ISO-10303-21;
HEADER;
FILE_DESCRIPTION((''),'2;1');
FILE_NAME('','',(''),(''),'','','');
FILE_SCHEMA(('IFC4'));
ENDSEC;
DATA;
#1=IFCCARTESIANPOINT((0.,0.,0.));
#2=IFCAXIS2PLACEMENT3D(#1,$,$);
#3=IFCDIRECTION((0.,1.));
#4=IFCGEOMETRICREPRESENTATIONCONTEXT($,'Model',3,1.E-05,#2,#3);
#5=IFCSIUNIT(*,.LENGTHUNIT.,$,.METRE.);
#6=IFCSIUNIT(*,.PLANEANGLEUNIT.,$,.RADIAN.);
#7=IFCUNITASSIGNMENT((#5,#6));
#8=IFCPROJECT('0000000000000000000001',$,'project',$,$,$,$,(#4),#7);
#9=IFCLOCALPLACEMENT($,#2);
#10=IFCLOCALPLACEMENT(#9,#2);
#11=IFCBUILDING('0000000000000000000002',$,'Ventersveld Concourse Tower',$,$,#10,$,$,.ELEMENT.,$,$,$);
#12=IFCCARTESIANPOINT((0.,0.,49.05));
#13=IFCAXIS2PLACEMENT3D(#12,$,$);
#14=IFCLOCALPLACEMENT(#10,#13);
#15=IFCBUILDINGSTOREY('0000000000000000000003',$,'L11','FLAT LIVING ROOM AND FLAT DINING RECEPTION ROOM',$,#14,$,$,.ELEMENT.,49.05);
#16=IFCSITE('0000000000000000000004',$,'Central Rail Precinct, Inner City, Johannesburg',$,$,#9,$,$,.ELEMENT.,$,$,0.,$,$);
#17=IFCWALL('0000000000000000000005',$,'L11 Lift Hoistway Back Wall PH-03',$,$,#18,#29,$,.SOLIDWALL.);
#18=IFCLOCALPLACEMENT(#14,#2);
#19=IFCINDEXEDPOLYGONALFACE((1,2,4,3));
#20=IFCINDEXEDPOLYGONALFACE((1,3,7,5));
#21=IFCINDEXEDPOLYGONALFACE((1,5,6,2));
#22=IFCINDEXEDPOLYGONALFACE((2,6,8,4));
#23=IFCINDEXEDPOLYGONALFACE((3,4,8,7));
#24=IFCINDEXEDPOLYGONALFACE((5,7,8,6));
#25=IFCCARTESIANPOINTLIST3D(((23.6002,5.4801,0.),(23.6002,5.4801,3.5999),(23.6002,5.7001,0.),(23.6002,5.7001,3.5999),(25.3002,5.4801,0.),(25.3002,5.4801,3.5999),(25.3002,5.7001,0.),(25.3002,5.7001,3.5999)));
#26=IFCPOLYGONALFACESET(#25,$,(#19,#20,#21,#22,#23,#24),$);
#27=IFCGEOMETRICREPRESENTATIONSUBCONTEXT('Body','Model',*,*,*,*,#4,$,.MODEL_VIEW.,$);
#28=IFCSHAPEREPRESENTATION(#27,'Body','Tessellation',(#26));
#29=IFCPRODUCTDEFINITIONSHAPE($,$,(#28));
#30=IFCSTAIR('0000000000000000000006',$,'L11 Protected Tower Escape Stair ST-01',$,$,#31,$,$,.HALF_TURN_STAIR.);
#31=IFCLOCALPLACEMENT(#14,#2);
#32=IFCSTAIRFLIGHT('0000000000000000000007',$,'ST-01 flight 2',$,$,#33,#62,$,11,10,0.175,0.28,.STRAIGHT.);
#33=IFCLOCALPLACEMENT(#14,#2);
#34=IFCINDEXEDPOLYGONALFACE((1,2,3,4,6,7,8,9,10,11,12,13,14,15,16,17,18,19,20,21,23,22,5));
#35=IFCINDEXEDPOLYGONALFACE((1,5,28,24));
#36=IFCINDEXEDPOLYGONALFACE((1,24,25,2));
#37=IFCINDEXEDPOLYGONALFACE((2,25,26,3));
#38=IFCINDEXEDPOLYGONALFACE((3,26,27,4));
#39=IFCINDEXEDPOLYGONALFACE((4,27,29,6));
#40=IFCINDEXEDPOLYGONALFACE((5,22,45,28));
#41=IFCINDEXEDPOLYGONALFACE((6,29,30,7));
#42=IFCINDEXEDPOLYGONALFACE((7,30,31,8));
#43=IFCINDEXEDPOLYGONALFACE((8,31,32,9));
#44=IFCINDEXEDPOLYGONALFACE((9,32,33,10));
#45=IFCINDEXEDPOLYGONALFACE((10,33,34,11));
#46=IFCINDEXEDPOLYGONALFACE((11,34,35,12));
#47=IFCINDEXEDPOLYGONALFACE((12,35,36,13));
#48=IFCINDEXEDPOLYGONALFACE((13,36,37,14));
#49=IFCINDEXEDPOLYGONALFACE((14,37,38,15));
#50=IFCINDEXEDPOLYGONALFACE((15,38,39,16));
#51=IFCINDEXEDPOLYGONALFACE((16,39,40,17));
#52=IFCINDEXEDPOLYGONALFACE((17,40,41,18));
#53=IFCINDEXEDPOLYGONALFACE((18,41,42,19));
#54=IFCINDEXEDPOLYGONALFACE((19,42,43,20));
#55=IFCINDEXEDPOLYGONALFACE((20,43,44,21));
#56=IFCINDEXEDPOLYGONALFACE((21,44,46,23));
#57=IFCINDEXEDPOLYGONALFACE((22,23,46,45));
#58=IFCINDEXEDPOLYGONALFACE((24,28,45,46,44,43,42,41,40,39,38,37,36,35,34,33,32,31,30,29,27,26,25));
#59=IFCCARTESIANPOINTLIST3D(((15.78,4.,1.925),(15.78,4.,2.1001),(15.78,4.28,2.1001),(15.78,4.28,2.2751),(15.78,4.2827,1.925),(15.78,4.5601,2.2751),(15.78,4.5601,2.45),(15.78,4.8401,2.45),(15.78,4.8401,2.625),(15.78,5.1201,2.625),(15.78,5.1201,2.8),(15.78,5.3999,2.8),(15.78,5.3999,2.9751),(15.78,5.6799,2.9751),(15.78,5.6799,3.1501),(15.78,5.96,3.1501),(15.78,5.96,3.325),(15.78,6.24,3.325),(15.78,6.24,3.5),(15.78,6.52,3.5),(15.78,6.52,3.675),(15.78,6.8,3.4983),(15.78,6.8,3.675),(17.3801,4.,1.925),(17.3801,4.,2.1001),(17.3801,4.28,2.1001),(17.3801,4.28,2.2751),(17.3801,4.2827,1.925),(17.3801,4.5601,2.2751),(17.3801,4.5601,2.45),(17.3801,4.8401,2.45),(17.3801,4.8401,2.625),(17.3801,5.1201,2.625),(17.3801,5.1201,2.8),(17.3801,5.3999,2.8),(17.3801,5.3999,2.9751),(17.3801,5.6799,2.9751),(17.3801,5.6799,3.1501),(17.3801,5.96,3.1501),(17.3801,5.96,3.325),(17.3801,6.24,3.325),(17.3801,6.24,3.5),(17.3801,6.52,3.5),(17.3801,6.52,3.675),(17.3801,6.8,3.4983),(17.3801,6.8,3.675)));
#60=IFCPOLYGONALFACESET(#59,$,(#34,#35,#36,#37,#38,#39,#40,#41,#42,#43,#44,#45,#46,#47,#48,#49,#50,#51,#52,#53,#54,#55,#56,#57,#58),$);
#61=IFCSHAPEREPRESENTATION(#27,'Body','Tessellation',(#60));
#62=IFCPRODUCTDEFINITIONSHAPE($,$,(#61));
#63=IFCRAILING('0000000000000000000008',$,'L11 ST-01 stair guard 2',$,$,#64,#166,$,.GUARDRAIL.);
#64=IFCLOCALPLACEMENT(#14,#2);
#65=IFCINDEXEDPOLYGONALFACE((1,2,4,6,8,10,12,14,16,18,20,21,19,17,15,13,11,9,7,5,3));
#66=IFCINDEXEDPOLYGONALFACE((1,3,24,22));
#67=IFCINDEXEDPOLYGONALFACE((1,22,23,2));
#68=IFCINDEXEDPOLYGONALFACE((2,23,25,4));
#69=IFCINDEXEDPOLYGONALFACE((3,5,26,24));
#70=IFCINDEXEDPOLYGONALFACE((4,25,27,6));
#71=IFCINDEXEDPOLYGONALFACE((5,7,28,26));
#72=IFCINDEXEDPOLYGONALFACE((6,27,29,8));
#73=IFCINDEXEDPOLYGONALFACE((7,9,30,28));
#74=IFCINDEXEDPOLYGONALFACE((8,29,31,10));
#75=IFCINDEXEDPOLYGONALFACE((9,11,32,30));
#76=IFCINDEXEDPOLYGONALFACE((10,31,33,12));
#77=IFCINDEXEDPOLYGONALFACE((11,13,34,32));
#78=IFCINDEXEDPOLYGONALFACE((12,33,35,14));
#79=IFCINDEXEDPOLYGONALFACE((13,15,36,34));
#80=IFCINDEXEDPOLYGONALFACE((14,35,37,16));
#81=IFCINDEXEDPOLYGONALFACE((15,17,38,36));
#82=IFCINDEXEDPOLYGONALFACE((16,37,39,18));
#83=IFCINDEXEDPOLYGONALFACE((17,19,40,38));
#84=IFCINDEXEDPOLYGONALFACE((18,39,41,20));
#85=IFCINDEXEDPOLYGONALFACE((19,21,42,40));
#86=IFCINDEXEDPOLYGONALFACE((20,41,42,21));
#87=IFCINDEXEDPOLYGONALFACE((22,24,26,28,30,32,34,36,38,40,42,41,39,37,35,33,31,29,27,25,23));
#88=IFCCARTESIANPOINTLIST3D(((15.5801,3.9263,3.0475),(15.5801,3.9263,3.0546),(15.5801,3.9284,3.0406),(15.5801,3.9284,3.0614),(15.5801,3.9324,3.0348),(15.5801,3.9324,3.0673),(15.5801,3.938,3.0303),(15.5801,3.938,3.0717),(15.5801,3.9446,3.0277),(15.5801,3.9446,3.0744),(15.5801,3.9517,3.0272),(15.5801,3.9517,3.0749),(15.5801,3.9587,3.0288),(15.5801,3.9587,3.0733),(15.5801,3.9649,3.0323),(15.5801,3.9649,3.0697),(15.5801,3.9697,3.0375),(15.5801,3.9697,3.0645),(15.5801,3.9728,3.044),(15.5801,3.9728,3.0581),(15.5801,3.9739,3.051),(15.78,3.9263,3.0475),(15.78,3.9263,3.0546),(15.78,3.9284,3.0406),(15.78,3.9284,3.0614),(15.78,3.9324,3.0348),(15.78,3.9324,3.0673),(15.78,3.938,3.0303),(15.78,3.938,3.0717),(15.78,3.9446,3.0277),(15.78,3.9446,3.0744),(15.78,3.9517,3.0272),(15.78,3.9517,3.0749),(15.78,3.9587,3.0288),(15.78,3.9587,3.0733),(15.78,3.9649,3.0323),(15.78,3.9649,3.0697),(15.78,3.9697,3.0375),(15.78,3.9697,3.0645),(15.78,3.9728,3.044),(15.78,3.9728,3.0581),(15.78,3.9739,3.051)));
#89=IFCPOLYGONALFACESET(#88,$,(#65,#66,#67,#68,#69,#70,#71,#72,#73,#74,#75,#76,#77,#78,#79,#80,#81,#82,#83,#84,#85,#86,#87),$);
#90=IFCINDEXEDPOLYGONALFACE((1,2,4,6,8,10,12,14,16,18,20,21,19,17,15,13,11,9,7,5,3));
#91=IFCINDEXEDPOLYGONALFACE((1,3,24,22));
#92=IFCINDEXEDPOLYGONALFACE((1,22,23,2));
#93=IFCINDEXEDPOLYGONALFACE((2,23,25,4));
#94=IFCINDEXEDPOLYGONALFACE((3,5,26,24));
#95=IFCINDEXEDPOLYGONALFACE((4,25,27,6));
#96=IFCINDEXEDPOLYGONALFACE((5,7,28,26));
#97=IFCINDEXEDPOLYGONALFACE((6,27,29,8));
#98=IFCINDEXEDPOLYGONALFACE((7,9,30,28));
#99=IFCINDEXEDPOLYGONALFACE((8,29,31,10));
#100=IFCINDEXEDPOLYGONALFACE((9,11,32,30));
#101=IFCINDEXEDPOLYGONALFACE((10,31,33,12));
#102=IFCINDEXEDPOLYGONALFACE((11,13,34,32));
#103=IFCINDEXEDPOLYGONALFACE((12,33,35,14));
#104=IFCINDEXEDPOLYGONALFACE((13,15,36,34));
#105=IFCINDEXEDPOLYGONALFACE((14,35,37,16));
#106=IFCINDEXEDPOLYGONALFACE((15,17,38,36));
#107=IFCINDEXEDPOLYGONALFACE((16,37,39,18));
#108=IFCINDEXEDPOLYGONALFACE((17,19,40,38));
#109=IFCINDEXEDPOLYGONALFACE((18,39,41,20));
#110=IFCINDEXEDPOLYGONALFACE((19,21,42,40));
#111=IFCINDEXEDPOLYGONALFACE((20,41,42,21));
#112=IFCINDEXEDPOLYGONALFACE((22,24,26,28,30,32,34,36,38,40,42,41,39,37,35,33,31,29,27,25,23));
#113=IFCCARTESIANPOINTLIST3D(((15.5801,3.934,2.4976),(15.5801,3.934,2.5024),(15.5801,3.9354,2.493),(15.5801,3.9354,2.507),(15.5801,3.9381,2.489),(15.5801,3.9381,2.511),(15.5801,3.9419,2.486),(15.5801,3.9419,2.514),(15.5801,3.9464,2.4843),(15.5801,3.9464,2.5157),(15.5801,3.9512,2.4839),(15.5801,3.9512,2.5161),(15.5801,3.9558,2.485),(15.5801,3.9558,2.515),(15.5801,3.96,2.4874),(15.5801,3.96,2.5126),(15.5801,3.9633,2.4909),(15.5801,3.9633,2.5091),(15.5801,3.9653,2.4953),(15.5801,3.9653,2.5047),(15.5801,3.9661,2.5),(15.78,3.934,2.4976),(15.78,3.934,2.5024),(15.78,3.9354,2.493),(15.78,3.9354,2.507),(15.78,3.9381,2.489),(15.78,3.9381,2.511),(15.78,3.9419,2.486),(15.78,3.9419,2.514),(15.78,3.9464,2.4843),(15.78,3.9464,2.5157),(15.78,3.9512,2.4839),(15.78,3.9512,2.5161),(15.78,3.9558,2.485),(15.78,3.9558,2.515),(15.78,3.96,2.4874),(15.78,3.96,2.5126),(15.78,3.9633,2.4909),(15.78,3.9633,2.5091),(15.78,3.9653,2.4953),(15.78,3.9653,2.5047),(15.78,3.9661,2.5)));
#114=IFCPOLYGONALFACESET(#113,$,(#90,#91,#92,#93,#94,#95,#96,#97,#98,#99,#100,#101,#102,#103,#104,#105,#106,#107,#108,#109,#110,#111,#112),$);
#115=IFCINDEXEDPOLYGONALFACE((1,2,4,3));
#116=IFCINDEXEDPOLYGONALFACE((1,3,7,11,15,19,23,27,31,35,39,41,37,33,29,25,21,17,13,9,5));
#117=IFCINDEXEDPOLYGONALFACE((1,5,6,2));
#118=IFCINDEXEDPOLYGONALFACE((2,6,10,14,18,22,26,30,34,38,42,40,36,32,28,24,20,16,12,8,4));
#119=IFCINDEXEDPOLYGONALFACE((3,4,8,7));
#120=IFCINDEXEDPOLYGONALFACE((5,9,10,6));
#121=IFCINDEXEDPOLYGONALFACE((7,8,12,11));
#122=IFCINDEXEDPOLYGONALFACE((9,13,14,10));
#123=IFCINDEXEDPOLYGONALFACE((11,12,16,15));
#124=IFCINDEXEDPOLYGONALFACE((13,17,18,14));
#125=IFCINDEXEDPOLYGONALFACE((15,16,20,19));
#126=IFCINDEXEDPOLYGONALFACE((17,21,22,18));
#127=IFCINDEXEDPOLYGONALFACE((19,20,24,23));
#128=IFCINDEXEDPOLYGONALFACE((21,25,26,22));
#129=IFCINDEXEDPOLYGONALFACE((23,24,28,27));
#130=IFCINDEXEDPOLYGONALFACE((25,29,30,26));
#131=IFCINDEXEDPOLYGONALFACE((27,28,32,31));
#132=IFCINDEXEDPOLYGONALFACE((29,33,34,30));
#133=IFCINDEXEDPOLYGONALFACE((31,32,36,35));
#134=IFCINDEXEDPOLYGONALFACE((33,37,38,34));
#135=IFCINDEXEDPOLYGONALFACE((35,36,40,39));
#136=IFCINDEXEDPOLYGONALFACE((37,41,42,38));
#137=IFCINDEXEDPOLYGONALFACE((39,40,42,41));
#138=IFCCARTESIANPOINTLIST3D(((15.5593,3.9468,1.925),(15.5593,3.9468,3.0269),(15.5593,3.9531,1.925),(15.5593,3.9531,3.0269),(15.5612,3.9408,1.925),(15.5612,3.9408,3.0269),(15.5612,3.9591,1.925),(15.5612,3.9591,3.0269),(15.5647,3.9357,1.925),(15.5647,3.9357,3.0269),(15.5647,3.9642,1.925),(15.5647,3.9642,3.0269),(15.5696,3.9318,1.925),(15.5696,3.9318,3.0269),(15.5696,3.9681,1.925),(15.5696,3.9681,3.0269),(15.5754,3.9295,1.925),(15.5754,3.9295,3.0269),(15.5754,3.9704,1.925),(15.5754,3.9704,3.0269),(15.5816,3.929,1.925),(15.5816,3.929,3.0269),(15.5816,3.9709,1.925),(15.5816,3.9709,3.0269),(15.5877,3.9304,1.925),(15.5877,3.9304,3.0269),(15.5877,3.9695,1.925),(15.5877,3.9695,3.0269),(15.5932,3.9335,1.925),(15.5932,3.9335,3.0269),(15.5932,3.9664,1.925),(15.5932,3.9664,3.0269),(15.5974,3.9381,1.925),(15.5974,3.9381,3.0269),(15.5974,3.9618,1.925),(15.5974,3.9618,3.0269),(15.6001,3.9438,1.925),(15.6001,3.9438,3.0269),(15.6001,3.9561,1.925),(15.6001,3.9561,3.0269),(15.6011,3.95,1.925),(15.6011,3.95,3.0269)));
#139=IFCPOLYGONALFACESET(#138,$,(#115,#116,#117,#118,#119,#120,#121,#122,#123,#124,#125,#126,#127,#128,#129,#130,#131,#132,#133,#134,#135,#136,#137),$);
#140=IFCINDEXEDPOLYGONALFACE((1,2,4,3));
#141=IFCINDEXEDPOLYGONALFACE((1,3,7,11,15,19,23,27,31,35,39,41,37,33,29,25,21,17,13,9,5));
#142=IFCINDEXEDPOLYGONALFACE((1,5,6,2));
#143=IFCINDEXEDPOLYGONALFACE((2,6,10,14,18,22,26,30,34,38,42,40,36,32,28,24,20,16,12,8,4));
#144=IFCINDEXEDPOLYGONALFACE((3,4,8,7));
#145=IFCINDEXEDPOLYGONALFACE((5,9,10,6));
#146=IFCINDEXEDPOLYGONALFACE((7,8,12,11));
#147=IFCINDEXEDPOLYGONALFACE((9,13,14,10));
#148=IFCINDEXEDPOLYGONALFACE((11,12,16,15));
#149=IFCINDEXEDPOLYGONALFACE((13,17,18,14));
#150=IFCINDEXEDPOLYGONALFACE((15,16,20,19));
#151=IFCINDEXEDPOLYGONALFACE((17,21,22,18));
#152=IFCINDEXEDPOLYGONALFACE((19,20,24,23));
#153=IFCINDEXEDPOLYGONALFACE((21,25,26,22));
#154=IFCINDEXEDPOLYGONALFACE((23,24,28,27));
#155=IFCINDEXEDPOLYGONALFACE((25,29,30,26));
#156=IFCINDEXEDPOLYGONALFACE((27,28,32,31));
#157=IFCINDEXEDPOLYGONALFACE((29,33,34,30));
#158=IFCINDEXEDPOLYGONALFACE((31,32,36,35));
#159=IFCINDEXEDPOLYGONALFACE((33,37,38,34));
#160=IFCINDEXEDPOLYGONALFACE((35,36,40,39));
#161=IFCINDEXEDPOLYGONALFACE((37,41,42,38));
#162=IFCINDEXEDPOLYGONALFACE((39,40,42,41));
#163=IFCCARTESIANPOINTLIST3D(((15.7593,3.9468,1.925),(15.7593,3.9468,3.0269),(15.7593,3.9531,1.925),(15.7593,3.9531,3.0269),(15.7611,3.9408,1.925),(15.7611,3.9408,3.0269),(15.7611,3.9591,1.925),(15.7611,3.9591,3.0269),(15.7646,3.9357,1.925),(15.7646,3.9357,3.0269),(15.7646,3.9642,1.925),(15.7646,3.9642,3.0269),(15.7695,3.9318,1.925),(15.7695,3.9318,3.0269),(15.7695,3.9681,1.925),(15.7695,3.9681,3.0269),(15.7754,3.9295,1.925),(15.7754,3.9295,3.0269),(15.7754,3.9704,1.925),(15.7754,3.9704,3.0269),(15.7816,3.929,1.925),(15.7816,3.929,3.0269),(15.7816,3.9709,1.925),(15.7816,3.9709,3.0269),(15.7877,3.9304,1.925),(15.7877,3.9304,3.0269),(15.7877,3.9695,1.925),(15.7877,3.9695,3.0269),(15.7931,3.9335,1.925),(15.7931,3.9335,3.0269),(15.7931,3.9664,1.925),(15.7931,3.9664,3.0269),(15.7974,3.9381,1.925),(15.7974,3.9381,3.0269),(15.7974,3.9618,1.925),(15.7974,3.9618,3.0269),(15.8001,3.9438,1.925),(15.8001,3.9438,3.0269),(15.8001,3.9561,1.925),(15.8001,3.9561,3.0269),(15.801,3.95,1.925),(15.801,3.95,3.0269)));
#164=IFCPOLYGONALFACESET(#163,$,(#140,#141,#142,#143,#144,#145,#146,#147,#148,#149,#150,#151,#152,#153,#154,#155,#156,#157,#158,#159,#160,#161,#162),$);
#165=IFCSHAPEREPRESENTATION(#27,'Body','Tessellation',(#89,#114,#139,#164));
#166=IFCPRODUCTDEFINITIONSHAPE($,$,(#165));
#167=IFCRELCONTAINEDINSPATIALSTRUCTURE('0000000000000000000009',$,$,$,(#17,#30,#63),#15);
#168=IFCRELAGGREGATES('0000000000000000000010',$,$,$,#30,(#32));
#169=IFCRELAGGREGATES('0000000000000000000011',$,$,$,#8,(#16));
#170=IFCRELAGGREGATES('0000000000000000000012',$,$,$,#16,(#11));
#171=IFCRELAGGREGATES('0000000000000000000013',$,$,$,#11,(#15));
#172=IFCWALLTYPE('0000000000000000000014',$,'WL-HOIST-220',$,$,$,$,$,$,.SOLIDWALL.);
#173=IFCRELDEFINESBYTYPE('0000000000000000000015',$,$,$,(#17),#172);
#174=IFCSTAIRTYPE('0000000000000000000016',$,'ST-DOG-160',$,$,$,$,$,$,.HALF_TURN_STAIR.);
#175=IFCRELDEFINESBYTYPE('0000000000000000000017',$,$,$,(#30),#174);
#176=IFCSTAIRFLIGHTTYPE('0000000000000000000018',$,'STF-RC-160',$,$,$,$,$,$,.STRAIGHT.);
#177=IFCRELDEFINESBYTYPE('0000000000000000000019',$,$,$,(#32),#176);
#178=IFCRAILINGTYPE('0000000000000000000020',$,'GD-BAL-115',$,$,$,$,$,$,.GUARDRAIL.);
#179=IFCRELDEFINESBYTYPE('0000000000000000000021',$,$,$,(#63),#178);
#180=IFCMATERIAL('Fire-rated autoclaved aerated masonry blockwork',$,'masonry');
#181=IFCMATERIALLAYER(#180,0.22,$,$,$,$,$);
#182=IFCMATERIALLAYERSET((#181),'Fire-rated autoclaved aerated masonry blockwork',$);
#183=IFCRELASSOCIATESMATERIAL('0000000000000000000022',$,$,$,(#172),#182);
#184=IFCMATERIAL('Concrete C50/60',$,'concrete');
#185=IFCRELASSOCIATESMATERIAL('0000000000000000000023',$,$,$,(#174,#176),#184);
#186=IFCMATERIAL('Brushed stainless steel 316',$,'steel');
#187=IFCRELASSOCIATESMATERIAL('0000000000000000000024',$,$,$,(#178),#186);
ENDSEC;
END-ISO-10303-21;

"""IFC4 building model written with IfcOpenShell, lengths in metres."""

from ifc_helpers import new_model, si_unit, direction, frame, frame_2d, origin, origin_2d, place, context, subcontext, project, spatial, polyline, rectangle, circle, outline, extrude, material, layer, layer_set, type_object, element, aggregate, save


model = new_model("IFC4")

# Units and contexts
model_context = context("Model", 3, precision=1e-05, world=origin(), true_north=direction((0.0, 1.0)))
body_context = subcontext(model_context, "Body", "Model", "MODEL_VIEW")
ifc_project = project(units=[si_unit("LENGTHUNIT", "METRE"), si_unit("PLANEANGLEUNIT", "RADIAN")], contexts=[model_context])

# Site, building, storey
site_placement = place(None, origin())
site = spatial("IfcSite", under=ifc_project, at=site_placement, Name="Central Rail Precinct, Inner City, Johannesburg", CompositionType="ELEMENT", RefElevation=0.0)
building_placement = place(site_placement, origin())
building = spatial("IfcBuilding", under=site, at=building_placement, Name="Ventersveld Concourse Tower", CompositionType="ELEMENT")
storey_placement = place(building_placement, frame((0.0, 0.0, 49.05)))
storey = spatial("IfcBuildingStorey", under=building, at=storey_placement, Name="L11", Description="FLAT LIVING ROOM AND FLAT DINING RECEPTION ROOM", CompositionType="ELEMENT", Elevation=49.05)

# Shared definitions
ifc_material_1 = material(Name="Concrete C50/60", Category="concrete")

# Shared definitions
ifc_material_2 = material(Name="Fire-rated autoclaved aerated masonry blockwork", Category="masonry")
ifc_layer_1 = layer(ifc_material_2, 0.22)
ifc_layer_set_1 = layer_set([ifc_layer_1], Name="Fire-rated autoclaved aerated masonry blockwork")
wall_type_1 = type_object("IfcWallType", Name="WL-HOIST-220", PredefinedType="SOLIDWALL", material=ifc_layer_set_1)

# Shared definitions
ifc_material_3 = material(Name="Brushed stainless steel 316", Category="steel")

# Wall
wall_1_placement = place(storey_placement, frame((23.6001, 5.5901, 0.0), z_axis=(0.0, 0.0, 1.0), x_axis=(1.0, 0.0, 0.0)))
element("IfcWall", 1, at=wall_1_placement, inside=storey, type_object=wall_type_1, Name="L11 Lift Hoistway Back Wall PH-03", PredefinedType="SOLIDWALL", context=body_context, shape_type="SweptSolid", body=[
    extrude(rectangle(XDim=1.7, YDim=0.22, at=frame_2d((0.8501, 0.0))), origin(), (0.0, 0.0, 1.0), 3.5999),
])

# Stair, stair flight
stair_type = type_object("IfcStairType", Name="ST-DOG-160", PredefinedType="HALF_TURN_STAIR", material=ifc_material_1)
stair_placement = place(storey_placement, origin())
stair = element("IfcStair", 2, at=stair_placement, inside=storey, type_object=stair_type, Name="L11 Protected Tower Escape Stair ST-01", PredefinedType="HALF_TURN_STAIR")
stair_flight_type = type_object("IfcStairFlightType", Name="STF-RC-160", PredefinedType="STRAIGHT", material=ifc_material_1)
stair_flight_placement = place(storey_placement, frame((16.5801, 4.0, 1.925), z_axis=(0.0, 0.0, 1.0), x_axis=(0.0, 1.0, 0.0)))
stair_flight = element("IfcStairFlight", 3, at=stair_flight_placement, type_object=stair_flight_type, Name="ST-01 flight 2", NumberOfRisers=11, NumberOfTreads=10, PredefinedType="STRAIGHT", RiserHeight=0.175, TreadLength=0.28, context=body_context, shape_type="SweptSolid", body=[
    extrude(outline(polyline([(0.0, 0.0), (0.0, 0.175), (0.28, 0.175), (0.28, 0.3501), (0.5601, 0.3501), (0.5601, 0.5249), (0.8401, 0.5249), (0.8401, 0.7), (1.1201, 0.7), (1.1201, 0.875), (1.3999, 0.875), (1.3999, 1.05), (1.6799, 1.05), (1.6799, 1.2251), (1.96, 1.2251), (1.96, 1.3999), (2.24, 1.3999), (2.24, 1.575), (2.52, 1.575), (2.52, 1.75), (2.8, 1.75), (2.8, 1.925), (2.8, 1.5732), (0.2827, 0.0), (0.0, 0.0)])), frame((0.0, 0.8, 0.0), z_axis=(0.0, -1.0, 0.0), x_axis=(1.0, 0.0, 0.0)), (0.0, 0.0, 1.0), 1.6001),
])
aggregate(stair, [stair_flight])

# Railing
railing_type_1 = type_object("IfcRailingType", Name="GD-BAL-115", PredefinedType="GUARDRAIL", material=ifc_material_3)
railing_1_placement = place(storey_placement, frame((15.5801, 3.95, 1.925)))
element("IfcRailing", 4, at=railing_1_placement, inside=storey, type_object=railing_type_1, Name="L11 ST-01 stair guard 2", PredefinedType="GUARDRAIL", context=body_context, shape_type="SweptSolid", body=[
    extrude(circle(Radius=0.0239, at=origin_2d()), frame((0.0, 0.0, 1.126), z_axis=(1.0, 0.0, 0.0), x_axis=(0.0, 1.0, 0.0)), (0.0, 0.0, 1.0), 0.2),
    extrude(circle(Radius=0.0161, at=origin_2d()), frame((0.0, 0.0, 0.575), z_axis=(1.0, 0.0, 0.0), x_axis=(0.0, 1.0, 0.0)), (0.0, 0.0, 1.0), 0.2),
    extrude(circle(Radius=0.021, at=origin_2d()), origin(), (0.0, 0.0, 1.0), 1.1018),
    extrude(circle(Radius=0.021, at=origin_2d()), frame((0.2, 0.0, 0.0)), (0.0, 0.0, 1.0), 1.1018),
])

save(model, "model.ifc")
